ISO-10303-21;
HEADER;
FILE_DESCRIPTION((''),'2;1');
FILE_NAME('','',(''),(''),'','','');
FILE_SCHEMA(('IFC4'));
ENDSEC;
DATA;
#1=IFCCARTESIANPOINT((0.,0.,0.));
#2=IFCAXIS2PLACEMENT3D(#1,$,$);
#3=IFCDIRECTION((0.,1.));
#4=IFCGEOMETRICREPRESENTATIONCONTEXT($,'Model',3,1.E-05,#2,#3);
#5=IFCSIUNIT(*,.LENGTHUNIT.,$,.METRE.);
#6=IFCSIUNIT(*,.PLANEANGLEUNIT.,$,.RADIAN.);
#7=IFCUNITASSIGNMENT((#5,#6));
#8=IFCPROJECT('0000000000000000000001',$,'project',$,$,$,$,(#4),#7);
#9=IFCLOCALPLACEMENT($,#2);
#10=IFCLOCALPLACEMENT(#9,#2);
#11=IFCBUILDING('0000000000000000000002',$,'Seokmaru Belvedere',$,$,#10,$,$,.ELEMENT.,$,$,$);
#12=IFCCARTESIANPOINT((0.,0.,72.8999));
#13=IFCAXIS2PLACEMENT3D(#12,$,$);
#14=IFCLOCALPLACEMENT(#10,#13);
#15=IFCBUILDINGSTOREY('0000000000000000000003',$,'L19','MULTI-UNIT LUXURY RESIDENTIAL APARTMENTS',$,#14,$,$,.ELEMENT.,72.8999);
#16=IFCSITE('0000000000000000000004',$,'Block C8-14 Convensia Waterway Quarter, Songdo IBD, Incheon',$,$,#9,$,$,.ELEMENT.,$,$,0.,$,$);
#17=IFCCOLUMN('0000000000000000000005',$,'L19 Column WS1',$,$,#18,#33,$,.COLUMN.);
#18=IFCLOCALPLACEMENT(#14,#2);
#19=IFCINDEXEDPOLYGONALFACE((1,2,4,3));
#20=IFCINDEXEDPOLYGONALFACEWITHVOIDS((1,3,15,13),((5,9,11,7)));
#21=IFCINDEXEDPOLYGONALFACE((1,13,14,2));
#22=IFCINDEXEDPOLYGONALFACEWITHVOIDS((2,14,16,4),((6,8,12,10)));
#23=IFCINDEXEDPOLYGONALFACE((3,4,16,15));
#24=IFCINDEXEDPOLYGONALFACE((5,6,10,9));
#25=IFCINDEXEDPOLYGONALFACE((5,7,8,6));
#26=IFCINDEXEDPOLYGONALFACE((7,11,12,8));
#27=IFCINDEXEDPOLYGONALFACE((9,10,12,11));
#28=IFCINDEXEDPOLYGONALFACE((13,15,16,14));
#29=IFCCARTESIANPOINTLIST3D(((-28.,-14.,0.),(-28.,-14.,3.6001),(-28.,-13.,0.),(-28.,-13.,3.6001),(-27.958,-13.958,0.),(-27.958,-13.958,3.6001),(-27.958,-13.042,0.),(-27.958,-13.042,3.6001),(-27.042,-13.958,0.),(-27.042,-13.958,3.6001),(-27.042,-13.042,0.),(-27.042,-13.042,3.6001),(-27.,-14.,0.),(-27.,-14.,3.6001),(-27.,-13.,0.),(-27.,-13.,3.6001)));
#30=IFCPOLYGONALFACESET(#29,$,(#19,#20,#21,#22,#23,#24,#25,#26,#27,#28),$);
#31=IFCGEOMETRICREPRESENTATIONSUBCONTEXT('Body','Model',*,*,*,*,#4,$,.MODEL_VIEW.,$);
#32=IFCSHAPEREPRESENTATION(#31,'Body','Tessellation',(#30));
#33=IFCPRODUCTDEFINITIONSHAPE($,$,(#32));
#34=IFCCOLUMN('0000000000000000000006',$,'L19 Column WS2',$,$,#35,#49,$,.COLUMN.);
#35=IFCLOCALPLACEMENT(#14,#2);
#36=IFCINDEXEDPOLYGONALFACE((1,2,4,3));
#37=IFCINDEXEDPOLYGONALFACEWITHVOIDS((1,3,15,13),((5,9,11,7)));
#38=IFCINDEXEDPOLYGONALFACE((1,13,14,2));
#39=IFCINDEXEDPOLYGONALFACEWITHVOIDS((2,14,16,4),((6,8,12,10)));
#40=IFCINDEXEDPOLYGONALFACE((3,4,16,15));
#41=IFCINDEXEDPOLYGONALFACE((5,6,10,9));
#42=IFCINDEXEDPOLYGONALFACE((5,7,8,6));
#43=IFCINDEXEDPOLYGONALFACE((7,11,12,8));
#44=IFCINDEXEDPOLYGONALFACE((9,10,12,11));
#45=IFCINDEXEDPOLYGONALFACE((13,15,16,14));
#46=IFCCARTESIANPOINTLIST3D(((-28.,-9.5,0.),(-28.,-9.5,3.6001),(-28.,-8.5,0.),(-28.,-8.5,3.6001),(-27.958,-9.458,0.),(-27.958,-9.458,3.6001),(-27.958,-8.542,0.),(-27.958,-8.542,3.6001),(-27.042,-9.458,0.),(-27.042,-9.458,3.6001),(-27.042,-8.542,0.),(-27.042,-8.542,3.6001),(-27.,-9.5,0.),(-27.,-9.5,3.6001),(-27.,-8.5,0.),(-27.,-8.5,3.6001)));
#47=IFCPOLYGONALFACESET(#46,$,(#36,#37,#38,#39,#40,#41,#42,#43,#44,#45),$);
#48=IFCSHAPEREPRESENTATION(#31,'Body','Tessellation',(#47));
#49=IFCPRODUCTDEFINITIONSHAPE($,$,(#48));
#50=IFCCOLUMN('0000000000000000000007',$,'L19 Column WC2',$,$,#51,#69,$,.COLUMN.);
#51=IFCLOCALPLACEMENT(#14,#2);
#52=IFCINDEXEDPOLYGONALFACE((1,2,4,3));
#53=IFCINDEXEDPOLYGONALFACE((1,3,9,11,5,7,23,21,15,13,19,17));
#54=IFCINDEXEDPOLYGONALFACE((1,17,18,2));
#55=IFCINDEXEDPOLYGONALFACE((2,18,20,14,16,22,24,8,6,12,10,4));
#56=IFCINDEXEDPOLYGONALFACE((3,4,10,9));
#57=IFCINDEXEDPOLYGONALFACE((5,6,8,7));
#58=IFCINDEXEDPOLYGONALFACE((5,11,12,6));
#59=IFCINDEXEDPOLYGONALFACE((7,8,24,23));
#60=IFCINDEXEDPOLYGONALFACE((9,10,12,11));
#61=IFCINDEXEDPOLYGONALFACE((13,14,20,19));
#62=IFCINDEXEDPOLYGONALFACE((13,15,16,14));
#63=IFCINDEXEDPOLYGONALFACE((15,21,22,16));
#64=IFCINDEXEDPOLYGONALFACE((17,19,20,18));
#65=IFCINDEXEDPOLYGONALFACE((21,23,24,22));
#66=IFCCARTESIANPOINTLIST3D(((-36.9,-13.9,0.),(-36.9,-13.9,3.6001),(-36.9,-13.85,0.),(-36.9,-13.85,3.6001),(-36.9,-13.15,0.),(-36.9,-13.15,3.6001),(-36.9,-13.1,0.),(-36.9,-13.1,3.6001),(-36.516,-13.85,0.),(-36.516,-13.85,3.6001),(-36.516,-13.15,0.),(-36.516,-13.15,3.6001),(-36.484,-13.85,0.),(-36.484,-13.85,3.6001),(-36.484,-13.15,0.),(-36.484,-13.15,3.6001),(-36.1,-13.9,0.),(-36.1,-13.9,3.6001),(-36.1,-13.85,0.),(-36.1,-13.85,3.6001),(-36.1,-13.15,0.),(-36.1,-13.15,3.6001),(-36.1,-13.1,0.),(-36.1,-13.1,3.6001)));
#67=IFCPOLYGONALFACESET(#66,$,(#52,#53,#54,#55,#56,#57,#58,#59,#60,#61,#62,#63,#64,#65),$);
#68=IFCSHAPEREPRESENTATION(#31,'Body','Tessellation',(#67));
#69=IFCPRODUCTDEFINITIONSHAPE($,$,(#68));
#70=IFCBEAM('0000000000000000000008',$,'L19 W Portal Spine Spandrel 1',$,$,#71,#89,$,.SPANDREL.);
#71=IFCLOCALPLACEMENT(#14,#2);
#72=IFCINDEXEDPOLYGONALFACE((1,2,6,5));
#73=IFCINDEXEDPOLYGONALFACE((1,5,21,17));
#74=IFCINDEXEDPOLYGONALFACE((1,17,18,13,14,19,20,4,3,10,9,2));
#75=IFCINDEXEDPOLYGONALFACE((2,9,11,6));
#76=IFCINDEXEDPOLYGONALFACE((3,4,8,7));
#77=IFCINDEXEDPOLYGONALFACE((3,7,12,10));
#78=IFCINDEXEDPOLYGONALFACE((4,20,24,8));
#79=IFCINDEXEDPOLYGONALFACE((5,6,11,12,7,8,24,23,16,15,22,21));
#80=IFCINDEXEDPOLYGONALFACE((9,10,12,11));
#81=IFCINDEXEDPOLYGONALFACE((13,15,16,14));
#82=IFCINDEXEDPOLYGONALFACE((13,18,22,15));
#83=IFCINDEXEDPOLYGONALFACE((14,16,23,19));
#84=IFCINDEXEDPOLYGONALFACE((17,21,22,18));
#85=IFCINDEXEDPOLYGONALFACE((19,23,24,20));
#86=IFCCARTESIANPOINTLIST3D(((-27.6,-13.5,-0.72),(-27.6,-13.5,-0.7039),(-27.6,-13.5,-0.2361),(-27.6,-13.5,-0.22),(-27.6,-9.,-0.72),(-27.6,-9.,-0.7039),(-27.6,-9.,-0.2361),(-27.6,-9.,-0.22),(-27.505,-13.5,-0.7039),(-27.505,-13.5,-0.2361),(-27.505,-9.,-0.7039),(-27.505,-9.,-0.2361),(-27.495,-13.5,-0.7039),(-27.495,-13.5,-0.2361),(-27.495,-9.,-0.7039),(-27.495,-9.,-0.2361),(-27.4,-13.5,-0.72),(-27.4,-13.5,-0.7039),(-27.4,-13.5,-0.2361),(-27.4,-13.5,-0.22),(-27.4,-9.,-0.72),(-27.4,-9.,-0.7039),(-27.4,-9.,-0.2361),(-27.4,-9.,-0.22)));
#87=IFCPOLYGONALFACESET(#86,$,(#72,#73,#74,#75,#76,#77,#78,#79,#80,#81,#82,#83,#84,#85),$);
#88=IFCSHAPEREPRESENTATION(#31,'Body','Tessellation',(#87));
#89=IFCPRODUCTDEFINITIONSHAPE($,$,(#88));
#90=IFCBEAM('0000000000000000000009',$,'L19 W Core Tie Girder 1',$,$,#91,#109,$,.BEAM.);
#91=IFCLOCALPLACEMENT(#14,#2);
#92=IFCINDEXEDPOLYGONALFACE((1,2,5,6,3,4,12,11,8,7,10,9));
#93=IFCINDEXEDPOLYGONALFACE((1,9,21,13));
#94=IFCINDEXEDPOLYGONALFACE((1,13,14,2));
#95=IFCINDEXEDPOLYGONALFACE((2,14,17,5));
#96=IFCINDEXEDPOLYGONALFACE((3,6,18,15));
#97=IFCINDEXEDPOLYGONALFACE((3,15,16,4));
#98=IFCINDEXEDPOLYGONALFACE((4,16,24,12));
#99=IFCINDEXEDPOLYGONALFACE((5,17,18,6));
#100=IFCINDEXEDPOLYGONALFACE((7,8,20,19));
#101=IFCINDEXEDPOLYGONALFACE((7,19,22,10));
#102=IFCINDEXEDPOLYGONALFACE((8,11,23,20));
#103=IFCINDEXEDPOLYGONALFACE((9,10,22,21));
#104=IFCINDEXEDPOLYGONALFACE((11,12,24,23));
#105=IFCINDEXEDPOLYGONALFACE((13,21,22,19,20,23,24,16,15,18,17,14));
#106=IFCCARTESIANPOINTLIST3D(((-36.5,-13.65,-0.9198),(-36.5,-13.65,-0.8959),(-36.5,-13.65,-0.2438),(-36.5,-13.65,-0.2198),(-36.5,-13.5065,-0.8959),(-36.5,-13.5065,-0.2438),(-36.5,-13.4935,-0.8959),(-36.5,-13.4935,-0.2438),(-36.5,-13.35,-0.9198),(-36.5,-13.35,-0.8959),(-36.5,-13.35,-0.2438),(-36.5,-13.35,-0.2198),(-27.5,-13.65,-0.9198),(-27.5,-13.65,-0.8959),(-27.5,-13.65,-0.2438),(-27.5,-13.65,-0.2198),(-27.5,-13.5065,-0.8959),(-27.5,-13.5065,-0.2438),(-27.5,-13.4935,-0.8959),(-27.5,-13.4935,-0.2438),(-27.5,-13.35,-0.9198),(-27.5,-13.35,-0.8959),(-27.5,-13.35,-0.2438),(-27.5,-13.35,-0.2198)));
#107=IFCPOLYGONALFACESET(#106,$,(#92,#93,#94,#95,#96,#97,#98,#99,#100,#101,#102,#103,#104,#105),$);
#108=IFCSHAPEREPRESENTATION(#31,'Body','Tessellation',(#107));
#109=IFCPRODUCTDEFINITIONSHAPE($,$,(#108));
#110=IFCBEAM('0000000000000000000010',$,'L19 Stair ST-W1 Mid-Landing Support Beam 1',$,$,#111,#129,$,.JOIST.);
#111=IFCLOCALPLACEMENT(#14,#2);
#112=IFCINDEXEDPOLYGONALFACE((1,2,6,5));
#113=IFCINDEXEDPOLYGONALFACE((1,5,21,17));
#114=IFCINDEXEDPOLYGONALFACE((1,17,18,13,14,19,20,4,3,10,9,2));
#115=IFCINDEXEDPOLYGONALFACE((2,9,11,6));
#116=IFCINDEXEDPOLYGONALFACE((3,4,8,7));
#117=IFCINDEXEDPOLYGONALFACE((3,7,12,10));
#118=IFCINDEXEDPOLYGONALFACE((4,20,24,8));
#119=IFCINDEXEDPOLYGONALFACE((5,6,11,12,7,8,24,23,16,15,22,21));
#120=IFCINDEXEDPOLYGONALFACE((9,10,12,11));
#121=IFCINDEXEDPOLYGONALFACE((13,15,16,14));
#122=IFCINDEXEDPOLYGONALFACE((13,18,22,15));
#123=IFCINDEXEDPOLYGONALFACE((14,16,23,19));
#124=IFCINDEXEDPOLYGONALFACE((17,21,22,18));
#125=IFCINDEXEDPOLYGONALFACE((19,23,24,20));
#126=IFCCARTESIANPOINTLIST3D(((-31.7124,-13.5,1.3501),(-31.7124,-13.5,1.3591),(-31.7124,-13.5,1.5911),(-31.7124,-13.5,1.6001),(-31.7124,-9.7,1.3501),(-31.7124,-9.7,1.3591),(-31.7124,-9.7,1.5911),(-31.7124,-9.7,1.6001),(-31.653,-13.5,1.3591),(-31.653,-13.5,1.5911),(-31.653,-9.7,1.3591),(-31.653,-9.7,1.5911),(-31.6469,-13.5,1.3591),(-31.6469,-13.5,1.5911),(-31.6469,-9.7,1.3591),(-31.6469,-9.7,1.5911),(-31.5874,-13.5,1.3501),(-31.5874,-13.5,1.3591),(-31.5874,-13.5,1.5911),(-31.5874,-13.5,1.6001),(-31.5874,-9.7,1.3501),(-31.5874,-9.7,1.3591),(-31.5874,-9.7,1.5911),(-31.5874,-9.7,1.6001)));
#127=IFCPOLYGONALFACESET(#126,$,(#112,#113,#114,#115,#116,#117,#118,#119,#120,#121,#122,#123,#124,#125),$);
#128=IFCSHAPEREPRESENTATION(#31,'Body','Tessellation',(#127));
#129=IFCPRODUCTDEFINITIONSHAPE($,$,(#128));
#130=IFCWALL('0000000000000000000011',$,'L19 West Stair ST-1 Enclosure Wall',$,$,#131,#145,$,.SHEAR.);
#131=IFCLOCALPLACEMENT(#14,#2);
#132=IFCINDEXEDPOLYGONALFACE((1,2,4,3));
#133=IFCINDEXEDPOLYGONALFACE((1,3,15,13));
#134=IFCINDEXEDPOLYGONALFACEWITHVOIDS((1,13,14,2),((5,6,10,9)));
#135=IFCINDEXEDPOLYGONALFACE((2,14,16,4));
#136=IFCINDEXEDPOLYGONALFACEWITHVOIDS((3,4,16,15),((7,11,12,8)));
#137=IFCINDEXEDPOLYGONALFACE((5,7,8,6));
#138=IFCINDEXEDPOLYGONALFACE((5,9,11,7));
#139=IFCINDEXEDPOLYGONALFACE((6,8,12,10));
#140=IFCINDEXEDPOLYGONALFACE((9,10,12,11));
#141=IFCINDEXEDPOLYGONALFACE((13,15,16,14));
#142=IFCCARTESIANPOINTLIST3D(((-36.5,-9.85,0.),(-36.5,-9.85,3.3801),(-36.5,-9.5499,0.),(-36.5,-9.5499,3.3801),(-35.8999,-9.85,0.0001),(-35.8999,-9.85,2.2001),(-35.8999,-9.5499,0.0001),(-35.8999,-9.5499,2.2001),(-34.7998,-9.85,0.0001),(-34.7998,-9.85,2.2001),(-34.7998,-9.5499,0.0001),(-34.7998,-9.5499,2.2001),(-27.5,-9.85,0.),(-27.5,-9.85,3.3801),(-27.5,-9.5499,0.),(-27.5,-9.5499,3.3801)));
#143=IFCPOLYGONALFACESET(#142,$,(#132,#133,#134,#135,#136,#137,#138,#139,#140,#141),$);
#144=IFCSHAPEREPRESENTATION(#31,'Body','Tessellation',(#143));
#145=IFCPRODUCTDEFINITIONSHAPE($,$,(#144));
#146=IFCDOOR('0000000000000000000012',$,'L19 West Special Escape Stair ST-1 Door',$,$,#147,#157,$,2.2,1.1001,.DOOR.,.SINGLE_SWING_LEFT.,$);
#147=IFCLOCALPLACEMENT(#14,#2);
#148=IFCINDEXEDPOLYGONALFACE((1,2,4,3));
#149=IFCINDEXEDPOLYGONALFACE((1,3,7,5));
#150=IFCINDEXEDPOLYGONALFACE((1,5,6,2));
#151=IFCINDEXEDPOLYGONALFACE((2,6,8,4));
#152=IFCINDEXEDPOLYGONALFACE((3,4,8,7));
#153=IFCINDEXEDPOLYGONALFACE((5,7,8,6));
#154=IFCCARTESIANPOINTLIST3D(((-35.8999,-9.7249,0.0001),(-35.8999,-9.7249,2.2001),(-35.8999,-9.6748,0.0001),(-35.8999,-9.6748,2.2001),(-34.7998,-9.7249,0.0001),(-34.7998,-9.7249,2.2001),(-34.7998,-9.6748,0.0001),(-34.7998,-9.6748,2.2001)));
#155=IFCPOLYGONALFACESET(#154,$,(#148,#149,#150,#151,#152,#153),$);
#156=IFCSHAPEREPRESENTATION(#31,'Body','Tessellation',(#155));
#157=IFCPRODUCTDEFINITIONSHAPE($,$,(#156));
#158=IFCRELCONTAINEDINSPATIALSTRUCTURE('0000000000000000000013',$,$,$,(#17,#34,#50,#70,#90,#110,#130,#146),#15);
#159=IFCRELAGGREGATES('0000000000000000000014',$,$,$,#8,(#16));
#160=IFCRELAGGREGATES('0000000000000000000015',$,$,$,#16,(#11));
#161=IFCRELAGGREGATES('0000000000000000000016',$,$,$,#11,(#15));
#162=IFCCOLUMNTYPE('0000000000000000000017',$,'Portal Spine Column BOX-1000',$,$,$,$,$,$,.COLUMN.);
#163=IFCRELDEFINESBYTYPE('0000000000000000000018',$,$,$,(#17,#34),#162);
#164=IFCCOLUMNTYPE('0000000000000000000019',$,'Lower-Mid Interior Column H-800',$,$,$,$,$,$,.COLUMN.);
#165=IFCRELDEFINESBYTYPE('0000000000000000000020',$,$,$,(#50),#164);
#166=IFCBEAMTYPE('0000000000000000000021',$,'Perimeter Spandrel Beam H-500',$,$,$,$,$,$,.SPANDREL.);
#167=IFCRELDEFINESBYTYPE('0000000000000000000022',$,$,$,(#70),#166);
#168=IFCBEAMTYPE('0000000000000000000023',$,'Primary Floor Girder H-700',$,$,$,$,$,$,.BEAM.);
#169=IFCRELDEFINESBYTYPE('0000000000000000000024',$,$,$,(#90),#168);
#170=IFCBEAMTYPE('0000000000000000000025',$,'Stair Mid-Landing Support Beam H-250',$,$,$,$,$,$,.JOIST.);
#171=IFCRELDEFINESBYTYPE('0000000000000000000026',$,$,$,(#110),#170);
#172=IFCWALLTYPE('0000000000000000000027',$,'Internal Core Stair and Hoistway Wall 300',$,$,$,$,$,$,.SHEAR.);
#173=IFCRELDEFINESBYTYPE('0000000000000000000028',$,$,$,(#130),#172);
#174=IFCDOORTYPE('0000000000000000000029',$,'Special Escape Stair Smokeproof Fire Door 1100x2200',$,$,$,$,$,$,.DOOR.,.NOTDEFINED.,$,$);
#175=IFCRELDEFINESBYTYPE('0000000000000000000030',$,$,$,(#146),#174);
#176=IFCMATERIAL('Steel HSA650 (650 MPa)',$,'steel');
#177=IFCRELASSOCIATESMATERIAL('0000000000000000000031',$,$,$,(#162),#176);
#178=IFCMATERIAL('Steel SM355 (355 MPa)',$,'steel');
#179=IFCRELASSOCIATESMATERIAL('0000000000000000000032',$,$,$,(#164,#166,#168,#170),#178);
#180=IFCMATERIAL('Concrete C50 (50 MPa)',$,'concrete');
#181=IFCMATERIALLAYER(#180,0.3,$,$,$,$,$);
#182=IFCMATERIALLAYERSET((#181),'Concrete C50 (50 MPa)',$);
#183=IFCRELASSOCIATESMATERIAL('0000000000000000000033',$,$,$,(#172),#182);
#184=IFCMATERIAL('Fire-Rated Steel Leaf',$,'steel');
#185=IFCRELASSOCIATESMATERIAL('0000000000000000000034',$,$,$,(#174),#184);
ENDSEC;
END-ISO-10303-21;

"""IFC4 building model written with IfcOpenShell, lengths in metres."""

from ifc_helpers import new_model, si_unit, direction, frame, frame_2d, origin, origin_2d, place, context, subcontext, project, spatial, rectangle, hollow_rectangle, i_section, extrude, source, transform, mapped, material, layer, layer_set, material_profile, profile_set, type_object, type_shapes, element, fill, save


model = new_model("IFC4")

# Units and contexts
model_context = context("Model", 3, precision=1e-05, world=origin(), true_north=direction((0.0, 1.0)))
body_context = subcontext(model_context, "Body", "Model", "MODEL_VIEW")
ifc_project = project(units=[si_unit("LENGTHUNIT", "METRE"), si_unit("PLANEANGLEUNIT", "RADIAN")], contexts=[model_context])

# Site, building, storey
site_placement = place(None, origin())
site = spatial("IfcSite", under=ifc_project, at=site_placement, Name="Block C8-14 Convensia Waterway Quarter, Songdo IBD, Incheon", CompositionType="ELEMENT", RefElevation=0.0)
building_placement = place(site_placement, origin())
building = spatial("IfcBuilding", under=site, at=building_placement, Name="Seokmaru Belvedere", CompositionType="ELEMENT")
storey_placement = place(building_placement, frame((0.0, 0.0, 72.8999)))
storey = spatial("IfcBuildingStorey", under=building, at=storey_placement, Name="L19", Description="MULTI-UNIT LUXURY RESIDENTIAL APARTMENTS", CompositionType="ELEMENT", Elevation=72.8999)

# Columns
ifc_material_1 = material(Name="Steel HSA650 (650 MPa)", Category="steel")
ifc_material_profile_1 = material_profile(ifc_material_1, hollow_rectangle(XDim=1.0, YDim=1.0, WallThickness=0.042, at=origin_2d()), Name="BOX-1000x1000x42")
ifc_profile_set_1 = profile_set([ifc_material_profile_1], Name="Steel HSA650 (650 MPa)")
column_type_1 = type_object("IfcColumnType", Name="Portal Spine Column BOX-1000", PredefinedType="COLUMN", material=ifc_profile_set_1)
shared_shape_1 = source(origin(), body_context, "Body", "SweptSolid", [
    extrude(hollow_rectangle(XDim=1.0, YDim=1.0, WallThickness=0.042, at=origin_2d()), origin(), (0.0, 0.0, 1.0), 3.6001),
])
type_shapes(column_type_1, [shared_shape_1])
for number, where, z_axis, x_axis, name in (
    (1, (-27.5, -13.5, 0.0), (0.0, 0.0, 1.0), (1.0, 0.0, 0.0), "L19 Column WS1"),
    (2, (-27.5, -9.0, 0.0), (0.0, 0.0, 1.0), (1.0, 0.0, 0.0), "L19 Column WS2"),
):
    element("IfcColumn", number, at=place(storey_placement, frame(where, z_axis=z_axis, x_axis=x_axis)), inside=storey, type_object=column_type_1, Name=name, PredefinedType="COLUMN", context=body_context, shape_type="MappedRepresentation", body=[
        mapped(shared_shape_1, transform((0.0, 0.0, 0.0), scale=1.0)),
    ])
ifc_material_2 = material(Name="Steel SM355 (355 MPa)", Category="steel")
ifc_material_profile_2 = material_profile(ifc_material_2, i_section(OverallWidth=0.8, OverallDepth=0.8, WebThickness=0.032, FlangeThickness=0.05, at=origin_2d()), Name="H-800x800x32x50")
ifc_profile_set_2 = profile_set([ifc_material_profile_2], Name="Steel SM355 (355 MPa)")
column_type_2 = type_object("IfcColumnType", Name="Lower-Mid Interior Column H-800", PredefinedType="COLUMN", material=ifc_profile_set_2)
shared_shape_2 = source(origin(), body_context, "Body", "SweptSolid", [
    extrude(i_section(OverallWidth=0.8, OverallDepth=0.8, WebThickness=0.032, FlangeThickness=0.05, at=origin_2d()), origin(), (0.0, 0.0, 1.0), 3.6001),
])
type_shapes(column_type_2, [shared_shape_2])
column_placement = place(storey_placement, frame((-36.5, -13.5, 0.0), z_axis=(0.0, 0.0, 1.0), x_axis=(1.0, 0.0, 0.0)))
element("IfcColumn", 3, at=column_placement, inside=storey, type_object=column_type_2, Name="L19 Column WC2", PredefinedType="COLUMN", context=body_context, shape_type="MappedRepresentation", body=[
    mapped(shared_shape_2, transform((0.0, 0.0, 0.0), scale=1.0)),
])

# Beams
ifc_material_profile_3 = material_profile(ifc_material_2, i_section(OverallWidth=0.2, OverallDepth=0.5, WebThickness=0.01, FlangeThickness=0.0161, at=origin_2d()), Name="H-500x200x10x16")
ifc_profile_set_3 = profile_set([ifc_material_profile_3], Name="Steel SM355 (355 MPa)")
beam_type_1 = type_object("IfcBeamType", Name="Perimeter Spandrel Beam H-500", PredefinedType="SPANDREL", material=ifc_profile_set_3)
shared_shape_3 = source(origin(), body_context, "Body", "SweptSolid", [
    extrude(i_section(OverallWidth=0.2, OverallDepth=0.5, WebThickness=0.01, FlangeThickness=0.0161, at=origin_2d()), origin(), (0.0, 0.0, 1.0), 4.5),
])
type_shapes(beam_type_1, [shared_shape_3])
beam_1_placement = place(storey_placement, frame((-27.5, -13.5, -0.47), z_axis=(0.0, 1.0, 0.0), x_axis=(-1.0, 0.0, 0.0)))
element("IfcBeam", 4, at=beam_1_placement, inside=storey, type_object=beam_type_1, Name="L19 W Portal Spine Spandrel 1", PredefinedType="SPANDREL", context=body_context, shape_type="MappedRepresentation", body=[
    mapped(shared_shape_3, transform((0.0, 0.0, 0.0), scale=1.0)),
])
ifc_material_profile_4 = material_profile(ifc_material_2, i_section(OverallWidth=0.3, OverallDepth=0.7, WebThickness=0.0129, FlangeThickness=0.0239, at=origin_2d()), Name="H-700x300x13x24")
ifc_profile_set_4 = profile_set([ifc_material_profile_4], Name="Steel SM355 (355 MPa)")
beam_type_2 = type_object("IfcBeamType", Name="Primary Floor Girder H-700", PredefinedType="BEAM", material=ifc_profile_set_4)
shared_shape_4 = source(origin(), body_context, "Body", "SweptSolid", [
    extrude(i_section(OverallWidth=0.3, OverallDepth=0.7, WebThickness=0.0129, FlangeThickness=0.0239, at=origin_2d()), origin(), (0.0, 0.0, 1.0), 9.0),
])
type_shapes(beam_type_2, [shared_shape_4])
beam_2_placement = place(storey_placement, frame((-36.5, -13.5, -0.5698), z_axis=(1.0, 0.0, 0.0), x_axis=(0.0, 1.0, 0.0)))
element("IfcBeam", 5, at=beam_2_placement, inside=storey, type_object=beam_type_2, Name="L19 W Core Tie Girder 1", PredefinedType="BEAM", context=body_context, shape_type="MappedRepresentation", body=[
    mapped(shared_shape_4, transform((0.0, 0.0, 0.0), scale=1.0)),
])
ifc_material_profile_5 = material_profile(ifc_material_2, i_section(OverallWidth=0.125, OverallDepth=0.25, WebThickness=0.0061, FlangeThickness=0.009, at=origin_2d()), Name="H-250x125x6x9")
ifc_profile_set_5 = profile_set([ifc_material_profile_5], Name="Steel SM355 (355 MPa)")
beam_type_3 = type_object("IfcBeamType", Name="Stair Mid-Landing Support Beam H-250", PredefinedType="JOIST", material=ifc_profile_set_5)
shared_shape_5 = source(origin(), body_context, "Body", "SweptSolid", [
    extrude(i_section(OverallWidth=0.125, OverallDepth=0.25, WebThickness=0.0061, FlangeThickness=0.009, at=origin_2d()), origin(), (0.0, 0.0, 1.0), 3.8),
])
type_shapes(beam_type_3, [shared_shape_5])
beam_3_placement = place(storey_placement, frame((-31.6499, -13.5, 1.4751), z_axis=(0.0, 1.0, 0.0), x_axis=(-1.0, 0.0, 0.0)))
element("IfcBeam", 6, at=beam_3_placement, inside=storey, type_object=beam_type_3, Name="L19 Stair ST-W1 Mid-Landing Support Beam 1", PredefinedType="JOIST", context=body_context, shape_type="MappedRepresentation", body=[
    mapped(shared_shape_5, transform((0.0, 0.0, 0.0), scale=1.0)),
])

# Wall, opening, door
ifc_material_3 = material(Name="Concrete C50 (50 MPa)", Category="concrete")
ifc_layer_1 = layer(ifc_material_3, 0.3)
ifc_layer_set_1 = layer_set([ifc_layer_1], Name="Concrete C50 (50 MPa)")
wall_type_1 = type_object("IfcWallType", Name="Internal Core Stair and Hoistway Wall 300", PredefinedType="SHEAR", material=ifc_layer_set_1)
wall_1_placement = place(storey_placement, frame((-36.5, -9.7, 0.0), z_axis=(0.0, 0.0, 1.0), x_axis=(1.0, 0.0, 0.0)))
wall_1 = element("IfcWall", 7, at=wall_1_placement, inside=storey, type_object=wall_type_1, Name="L19 West Stair ST-1 Enclosure Wall", PredefinedType="SHEAR", context=body_context, shape_type="SweptSolid", body=[
    extrude(rectangle(XDim=9.0, YDim=0.3, at=frame_2d((4.5, 0.0))), origin(), (0.0, 0.0, 1.0), 3.3801),
])
opening_1_placement = place(wall_1_placement, frame((0.6001, 0.0, 0.0)))
opening_1 = element("IfcOpeningElement", 8, at=opening_1_placement, cuts=wall_1, PredefinedType="OPENING", context=body_context, shape_type="SweptSolid", body=[
    extrude(rectangle(XDim=1.1001, YDim=2.2, at=frame_2d((0.55, 1.1001))), frame((0.0, 0.1602, 0.0), z_axis=(0.0, -1.0, 0.0), x_axis=(1.0, 0.0, 0.0)), (0.0, 0.0, 1.0), 0.3201),
])
ifc_material_4 = material(Name="Fire-Rated Steel Leaf", Category="steel")
door_type_1 = type_object("IfcDoorType", Name="Special Escape Stair Smokeproof Fire Door 1100x2200", OperationType="NOTDEFINED", PredefinedType="DOOR", material=ifc_material_4)
shared_shape_6 = source(origin(), body_context, "Body", "SweptSolid", [
    extrude(rectangle(XDim=1.1001, YDim=2.2, at=frame_2d((0.55, 1.1001))), frame((0.0, 0.0249, 0.0), z_axis=(0.0, -1.0, 0.0), x_axis=(1.0, 0.0, 0.0)), (0.0, 0.0, 1.0), 0.05),
])
type_shapes(door_type_1, [shared_shape_6])
door_1_placement = place(opening_1_placement, frame((1.1001, 0.0, 0.0), z_axis=(0.0, 0.0, 1.0), x_axis=(-1.0, 0.0, 0.0)))
door_1 = element("IfcDoor", 9, at=door_1_placement, inside=storey, type_object=door_type_1, Name="L19 West Special Escape Stair ST-1 Door", OperationType="SINGLE_SWING_LEFT", OverallHeight=2.2, OverallWidth=1.1001, PredefinedType="DOOR", context=body_context, shape_type="MappedRepresentation", body=[
    mapped(shared_shape_6, transform((0.0, 0.0, 0.0), scale=1.0)),
])
fill(opening_1, door_1)

save(model, "model.ifc")
